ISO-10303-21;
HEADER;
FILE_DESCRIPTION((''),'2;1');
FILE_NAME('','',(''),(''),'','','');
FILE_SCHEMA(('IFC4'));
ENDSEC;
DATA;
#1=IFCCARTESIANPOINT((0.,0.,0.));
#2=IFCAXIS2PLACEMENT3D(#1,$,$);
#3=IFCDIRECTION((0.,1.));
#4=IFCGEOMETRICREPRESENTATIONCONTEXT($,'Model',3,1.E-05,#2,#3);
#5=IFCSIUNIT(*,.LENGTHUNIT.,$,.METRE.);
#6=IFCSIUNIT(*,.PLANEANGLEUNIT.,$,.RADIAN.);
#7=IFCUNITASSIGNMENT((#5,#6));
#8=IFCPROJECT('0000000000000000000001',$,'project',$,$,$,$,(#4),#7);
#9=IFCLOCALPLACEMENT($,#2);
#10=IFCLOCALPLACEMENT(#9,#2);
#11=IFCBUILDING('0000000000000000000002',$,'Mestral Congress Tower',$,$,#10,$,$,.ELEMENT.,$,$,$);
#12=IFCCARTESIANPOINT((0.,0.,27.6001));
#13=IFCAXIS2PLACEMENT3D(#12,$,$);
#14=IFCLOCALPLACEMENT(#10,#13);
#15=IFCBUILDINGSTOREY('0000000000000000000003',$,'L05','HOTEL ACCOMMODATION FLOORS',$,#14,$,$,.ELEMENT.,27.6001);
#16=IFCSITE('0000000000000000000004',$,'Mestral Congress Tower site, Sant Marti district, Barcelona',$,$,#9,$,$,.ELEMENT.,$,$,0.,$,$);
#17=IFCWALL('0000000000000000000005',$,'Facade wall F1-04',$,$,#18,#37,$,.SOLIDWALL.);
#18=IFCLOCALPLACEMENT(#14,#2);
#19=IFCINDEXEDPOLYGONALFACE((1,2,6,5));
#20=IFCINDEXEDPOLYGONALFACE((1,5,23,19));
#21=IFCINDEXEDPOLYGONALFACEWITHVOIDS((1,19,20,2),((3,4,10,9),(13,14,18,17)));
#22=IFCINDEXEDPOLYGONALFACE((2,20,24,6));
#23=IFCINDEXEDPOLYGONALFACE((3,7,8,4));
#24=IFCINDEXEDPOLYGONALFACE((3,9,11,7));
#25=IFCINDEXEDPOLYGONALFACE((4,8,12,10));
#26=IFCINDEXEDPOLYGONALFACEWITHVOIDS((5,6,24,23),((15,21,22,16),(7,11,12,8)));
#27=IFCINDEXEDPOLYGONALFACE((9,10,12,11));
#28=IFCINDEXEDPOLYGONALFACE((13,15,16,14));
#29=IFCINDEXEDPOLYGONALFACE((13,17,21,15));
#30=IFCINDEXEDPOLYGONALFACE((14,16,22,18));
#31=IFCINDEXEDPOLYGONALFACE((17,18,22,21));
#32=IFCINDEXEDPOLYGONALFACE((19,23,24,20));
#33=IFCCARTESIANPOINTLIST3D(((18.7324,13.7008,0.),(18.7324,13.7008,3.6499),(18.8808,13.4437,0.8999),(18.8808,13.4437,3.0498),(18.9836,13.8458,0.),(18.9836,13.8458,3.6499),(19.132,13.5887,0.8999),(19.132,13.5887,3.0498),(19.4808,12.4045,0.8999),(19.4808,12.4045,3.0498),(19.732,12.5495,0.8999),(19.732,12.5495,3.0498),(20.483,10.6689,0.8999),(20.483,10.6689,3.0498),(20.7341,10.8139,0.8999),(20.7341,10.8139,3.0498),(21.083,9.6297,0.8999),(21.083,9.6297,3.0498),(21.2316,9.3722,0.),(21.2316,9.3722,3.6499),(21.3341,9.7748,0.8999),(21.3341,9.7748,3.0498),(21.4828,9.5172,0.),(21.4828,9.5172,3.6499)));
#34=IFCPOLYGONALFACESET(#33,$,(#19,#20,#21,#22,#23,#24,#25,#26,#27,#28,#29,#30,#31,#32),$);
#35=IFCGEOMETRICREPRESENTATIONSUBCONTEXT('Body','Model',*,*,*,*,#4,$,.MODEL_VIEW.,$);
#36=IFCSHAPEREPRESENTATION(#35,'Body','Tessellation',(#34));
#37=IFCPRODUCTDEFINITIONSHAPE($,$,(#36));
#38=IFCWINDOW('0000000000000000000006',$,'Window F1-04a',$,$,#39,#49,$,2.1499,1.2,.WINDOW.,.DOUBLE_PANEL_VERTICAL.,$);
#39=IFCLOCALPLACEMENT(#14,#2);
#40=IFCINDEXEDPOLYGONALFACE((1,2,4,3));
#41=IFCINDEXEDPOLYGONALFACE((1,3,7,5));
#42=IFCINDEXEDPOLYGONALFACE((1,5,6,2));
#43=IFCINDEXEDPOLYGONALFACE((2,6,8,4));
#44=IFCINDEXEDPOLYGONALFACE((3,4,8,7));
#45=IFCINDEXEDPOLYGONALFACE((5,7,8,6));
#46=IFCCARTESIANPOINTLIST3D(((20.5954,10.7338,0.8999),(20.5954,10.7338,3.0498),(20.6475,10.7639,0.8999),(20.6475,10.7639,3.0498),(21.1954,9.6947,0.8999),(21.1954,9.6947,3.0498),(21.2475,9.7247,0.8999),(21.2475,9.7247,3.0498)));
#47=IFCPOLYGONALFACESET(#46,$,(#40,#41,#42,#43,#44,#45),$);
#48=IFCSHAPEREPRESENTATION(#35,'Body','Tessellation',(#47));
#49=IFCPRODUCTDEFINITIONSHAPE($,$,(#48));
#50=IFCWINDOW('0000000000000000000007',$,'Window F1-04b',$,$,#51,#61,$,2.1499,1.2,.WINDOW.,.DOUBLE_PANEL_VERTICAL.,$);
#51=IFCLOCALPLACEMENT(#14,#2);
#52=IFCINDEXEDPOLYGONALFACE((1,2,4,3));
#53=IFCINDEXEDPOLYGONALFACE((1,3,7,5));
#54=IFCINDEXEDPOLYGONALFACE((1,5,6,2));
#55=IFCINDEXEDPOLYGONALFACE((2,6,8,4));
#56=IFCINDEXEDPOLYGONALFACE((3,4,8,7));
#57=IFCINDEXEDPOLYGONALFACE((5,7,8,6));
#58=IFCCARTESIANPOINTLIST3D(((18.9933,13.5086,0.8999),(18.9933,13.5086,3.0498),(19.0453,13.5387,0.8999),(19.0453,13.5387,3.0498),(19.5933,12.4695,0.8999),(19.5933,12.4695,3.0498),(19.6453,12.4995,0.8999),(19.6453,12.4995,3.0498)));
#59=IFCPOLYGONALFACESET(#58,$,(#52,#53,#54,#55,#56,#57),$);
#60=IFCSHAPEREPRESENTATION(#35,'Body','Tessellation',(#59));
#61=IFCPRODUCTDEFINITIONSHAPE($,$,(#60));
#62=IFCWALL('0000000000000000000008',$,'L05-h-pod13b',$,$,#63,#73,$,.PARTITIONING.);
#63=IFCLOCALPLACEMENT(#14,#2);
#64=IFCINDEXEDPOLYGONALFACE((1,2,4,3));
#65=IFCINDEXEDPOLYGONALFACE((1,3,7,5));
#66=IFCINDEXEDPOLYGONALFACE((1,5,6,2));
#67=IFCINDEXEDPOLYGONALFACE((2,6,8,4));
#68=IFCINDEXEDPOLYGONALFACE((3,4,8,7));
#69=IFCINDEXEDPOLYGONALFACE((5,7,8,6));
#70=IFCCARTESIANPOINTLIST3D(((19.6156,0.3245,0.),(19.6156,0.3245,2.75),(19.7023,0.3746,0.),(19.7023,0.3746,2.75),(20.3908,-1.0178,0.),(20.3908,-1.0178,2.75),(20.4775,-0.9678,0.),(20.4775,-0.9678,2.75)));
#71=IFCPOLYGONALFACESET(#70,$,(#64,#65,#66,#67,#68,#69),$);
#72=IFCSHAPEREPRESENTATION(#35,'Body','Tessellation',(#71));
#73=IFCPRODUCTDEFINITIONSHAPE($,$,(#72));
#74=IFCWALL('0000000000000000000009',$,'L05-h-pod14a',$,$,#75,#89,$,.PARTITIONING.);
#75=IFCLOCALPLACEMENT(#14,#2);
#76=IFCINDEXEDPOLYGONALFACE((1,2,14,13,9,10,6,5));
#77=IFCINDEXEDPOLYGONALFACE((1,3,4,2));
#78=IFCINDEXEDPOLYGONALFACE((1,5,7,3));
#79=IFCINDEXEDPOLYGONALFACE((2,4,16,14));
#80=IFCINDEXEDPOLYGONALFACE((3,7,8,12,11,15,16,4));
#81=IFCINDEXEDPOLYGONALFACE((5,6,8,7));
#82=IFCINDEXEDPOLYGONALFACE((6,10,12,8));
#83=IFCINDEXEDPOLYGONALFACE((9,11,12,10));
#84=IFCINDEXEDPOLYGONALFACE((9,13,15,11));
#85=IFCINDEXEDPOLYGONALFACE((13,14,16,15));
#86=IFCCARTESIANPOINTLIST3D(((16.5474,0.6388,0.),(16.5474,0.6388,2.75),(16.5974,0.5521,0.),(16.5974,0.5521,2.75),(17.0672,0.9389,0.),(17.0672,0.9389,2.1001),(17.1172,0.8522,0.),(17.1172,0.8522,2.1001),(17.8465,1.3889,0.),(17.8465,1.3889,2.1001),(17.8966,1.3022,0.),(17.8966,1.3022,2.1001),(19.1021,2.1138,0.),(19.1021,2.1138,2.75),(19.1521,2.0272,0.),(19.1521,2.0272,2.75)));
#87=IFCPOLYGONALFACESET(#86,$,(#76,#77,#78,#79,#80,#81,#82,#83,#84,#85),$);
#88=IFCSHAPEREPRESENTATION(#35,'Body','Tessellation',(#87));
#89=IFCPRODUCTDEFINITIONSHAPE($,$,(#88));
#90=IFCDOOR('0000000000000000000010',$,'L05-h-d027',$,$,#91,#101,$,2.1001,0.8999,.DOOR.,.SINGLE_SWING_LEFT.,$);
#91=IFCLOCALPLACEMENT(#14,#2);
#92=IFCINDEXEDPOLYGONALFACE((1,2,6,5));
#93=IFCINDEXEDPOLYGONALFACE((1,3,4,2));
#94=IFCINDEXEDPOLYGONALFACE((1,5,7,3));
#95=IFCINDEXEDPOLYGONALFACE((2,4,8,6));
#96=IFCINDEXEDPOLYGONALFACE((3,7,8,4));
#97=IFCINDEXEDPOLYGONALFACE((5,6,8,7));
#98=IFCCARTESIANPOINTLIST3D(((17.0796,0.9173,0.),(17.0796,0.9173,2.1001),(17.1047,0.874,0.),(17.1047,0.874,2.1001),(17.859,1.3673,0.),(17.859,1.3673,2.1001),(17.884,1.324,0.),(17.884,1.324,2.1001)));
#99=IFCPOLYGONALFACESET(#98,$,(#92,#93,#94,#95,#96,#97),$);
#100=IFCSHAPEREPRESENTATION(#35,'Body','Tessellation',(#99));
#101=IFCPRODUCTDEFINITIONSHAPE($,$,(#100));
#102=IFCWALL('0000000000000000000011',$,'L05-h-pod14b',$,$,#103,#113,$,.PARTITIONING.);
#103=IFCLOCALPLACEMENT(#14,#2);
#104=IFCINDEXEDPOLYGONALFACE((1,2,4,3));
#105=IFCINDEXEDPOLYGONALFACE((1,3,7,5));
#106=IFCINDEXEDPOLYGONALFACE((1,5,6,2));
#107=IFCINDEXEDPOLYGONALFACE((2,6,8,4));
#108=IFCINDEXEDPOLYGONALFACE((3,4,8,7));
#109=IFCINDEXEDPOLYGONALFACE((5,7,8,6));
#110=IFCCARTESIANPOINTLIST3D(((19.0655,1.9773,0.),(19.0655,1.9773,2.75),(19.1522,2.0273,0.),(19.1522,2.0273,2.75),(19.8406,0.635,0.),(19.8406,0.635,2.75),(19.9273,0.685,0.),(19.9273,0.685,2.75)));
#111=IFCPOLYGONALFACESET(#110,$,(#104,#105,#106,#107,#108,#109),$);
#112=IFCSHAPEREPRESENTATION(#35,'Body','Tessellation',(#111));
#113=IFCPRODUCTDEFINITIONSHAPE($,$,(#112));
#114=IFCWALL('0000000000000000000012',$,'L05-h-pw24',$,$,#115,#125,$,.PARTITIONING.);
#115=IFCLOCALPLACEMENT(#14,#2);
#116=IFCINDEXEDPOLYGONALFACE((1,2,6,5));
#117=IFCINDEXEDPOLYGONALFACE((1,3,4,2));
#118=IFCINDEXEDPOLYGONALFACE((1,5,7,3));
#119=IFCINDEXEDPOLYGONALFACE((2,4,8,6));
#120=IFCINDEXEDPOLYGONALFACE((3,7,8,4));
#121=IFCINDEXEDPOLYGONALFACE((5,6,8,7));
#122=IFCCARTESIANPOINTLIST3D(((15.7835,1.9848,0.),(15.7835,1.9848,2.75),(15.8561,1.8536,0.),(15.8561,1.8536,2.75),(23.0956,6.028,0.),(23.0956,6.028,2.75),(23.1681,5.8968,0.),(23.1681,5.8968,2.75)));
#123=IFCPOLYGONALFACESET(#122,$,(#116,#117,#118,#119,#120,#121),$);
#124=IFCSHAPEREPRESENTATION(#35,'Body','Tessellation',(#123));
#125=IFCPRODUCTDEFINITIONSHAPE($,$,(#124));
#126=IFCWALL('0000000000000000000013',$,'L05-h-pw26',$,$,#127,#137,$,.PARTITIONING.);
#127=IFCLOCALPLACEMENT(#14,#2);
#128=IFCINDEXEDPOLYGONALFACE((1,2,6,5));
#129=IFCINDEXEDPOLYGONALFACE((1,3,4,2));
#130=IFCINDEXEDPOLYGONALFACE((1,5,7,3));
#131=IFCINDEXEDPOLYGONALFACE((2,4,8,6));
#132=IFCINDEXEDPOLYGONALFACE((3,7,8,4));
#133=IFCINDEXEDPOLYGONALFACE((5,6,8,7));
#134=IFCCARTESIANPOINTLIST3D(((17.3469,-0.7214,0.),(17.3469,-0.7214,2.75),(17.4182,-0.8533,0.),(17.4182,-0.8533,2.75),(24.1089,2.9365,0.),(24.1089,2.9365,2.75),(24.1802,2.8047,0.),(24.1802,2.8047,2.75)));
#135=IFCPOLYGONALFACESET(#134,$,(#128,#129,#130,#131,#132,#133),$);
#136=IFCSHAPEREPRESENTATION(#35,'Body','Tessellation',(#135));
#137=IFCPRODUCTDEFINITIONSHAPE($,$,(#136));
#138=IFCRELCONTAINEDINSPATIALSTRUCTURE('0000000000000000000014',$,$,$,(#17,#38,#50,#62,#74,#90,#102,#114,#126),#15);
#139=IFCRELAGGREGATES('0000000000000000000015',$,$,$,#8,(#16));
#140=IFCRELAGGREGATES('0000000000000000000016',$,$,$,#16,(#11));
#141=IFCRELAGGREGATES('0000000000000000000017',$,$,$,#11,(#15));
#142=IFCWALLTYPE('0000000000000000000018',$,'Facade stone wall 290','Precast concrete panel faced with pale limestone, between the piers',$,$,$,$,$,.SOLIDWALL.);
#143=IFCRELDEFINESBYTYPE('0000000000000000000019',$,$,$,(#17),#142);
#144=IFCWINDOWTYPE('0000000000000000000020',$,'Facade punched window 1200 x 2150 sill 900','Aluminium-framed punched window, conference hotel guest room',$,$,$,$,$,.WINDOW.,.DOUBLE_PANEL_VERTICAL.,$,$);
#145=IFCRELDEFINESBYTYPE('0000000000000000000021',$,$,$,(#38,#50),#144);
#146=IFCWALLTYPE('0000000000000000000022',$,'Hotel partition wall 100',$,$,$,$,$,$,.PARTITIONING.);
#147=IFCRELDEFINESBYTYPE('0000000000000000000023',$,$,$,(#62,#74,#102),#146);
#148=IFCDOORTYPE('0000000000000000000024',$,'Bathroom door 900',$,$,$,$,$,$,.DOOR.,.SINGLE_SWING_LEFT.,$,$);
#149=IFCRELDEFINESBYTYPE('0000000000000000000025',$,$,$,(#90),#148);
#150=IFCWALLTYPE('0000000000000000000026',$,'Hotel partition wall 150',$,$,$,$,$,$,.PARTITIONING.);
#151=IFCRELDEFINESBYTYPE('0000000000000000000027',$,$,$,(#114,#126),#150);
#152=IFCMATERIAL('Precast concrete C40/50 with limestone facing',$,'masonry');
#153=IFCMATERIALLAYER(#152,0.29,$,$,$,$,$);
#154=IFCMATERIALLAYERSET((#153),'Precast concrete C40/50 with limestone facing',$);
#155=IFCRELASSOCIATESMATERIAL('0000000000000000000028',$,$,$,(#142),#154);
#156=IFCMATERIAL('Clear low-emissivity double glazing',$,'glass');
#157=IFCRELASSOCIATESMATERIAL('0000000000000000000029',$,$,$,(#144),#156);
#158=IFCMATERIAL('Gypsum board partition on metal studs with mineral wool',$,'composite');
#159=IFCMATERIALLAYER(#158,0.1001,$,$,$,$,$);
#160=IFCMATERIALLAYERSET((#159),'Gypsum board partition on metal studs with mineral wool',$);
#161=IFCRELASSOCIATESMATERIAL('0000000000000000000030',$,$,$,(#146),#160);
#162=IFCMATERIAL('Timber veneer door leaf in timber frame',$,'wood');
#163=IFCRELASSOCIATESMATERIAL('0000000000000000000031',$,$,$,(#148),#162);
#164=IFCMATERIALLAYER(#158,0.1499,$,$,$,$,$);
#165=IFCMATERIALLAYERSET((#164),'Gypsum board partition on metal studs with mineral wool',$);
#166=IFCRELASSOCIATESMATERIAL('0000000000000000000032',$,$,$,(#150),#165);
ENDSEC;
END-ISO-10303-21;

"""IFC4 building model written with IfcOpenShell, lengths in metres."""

from ifc_helpers import new_model, si_unit, direction, frame, frame_2d, origin, place, context, subcontext, project, spatial, rectangle, extrude, material, layer, layer_set, type_object, element, fill, save


model = new_model("IFC4")

# Units and contexts
model_context = context("Model", 3, precision=1e-05, world=origin(), true_north=direction((0.0, 1.0)))
body_context = subcontext(model_context, "Body", "Model", "MODEL_VIEW")
ifc_project = project(units=[si_unit("LENGTHUNIT", "METRE"), si_unit("PLANEANGLEUNIT", "RADIAN")], contexts=[model_context])

# Site, building, storey
site_placement = place(None, origin())
site = spatial("IfcSite", under=ifc_project, at=site_placement, Name="Mestral Congress Tower site, Sant Marti district, Barcelona", CompositionType="ELEMENT", RefElevation=0.0)
building_placement = place(site_placement, origin())
building = spatial("IfcBuilding", under=site, at=building_placement, Name="Mestral Congress Tower", CompositionType="ELEMENT")
storey_placement = place(building_placement, frame((0.0, 0.0, 27.6001)))
storey = spatial("IfcBuildingStorey", under=building, at=storey_placement, Name="L05", Description="HOTEL ACCOMMODATION FLOORS", CompositionType="ELEMENT", Elevation=27.6001)

# Wall, openings, windows
ifc_material_1 = material(Name="Precast concrete C40/50 with limestone facing", Category="masonry")
ifc_layer_1 = layer(ifc_material_1, 0.29)
ifc_layer_set_1 = layer_set([ifc_layer_1], Name="Precast concrete C40/50 with limestone facing")
wall_type_1 = type_object("IfcWallType", Name="Facade stone wall 290", Description="Precast concrete panel faced with pale limestone, between the piers", PredefinedType="SOLIDWALL", material=ifc_layer_set_1)
ifc_material_2 = material(Name="Clear low-emissivity double glazing", Category="glass")
window_type = type_object("IfcWindowType", Name="Facade punched window 1200 x 2150 sill 900", Description="Aluminium-framed punched window, conference hotel guest room", PartitioningType="DOUBLE_PANEL_VERTICAL", PredefinedType="WINDOW", material=ifc_material_2)
wall_1_placement = place(storey_placement, frame((21.3572, 9.4448, 0.0), z_axis=(0.0, 0.0, 1.0), x_axis=(-0.500021, 0.866013, 0.0)))
wall_1 = element("IfcWall", 1, at=wall_1_placement, inside=storey, type_object=wall_type_1, Name="Facade wall F1-04", PredefinedType="SOLIDWALL", context=body_context, shape_type="SweptSolid", body=[
    extrude(rectangle(XDim=4.9983, YDim=0.29, at=frame_2d((2.499, 0.0))), origin(), (0.0, 0.0, 1.0), 3.6499),
])
opening_1_placement = place(wall_1_placement, frame((0.2971, 0.0, 0.8999)))
opening_1 = element("IfcOpeningElement", 2, at=opening_1_placement, cuts=wall_1, PredefinedType="OPENING", context=body_context, shape_type="SweptSolid", body=[
    extrude(rectangle(XDim=1.2, YDim=2.1499, at=frame_2d((0.6001, 1.075))), frame((0.0, 0.155, 0.0), z_axis=(0.0, -1.0, 0.0), x_axis=(1.0, 0.0, 0.0)), (0.0, 0.0, 1.0), 0.3101),
])
opening_2_placement = place(wall_1_placement, frame((3.5012, 0.0, 0.8999)))
opening_2 = element("IfcOpeningElement", 3, at=opening_2_placement, cuts=wall_1, PredefinedType="OPENING", context=body_context, shape_type="SweptSolid", body=[
    extrude(rectangle(XDim=1.2, YDim=2.1499, at=frame_2d((0.6001, 1.075))), frame((0.0, 0.155, 0.0), z_axis=(0.0, -1.0, 0.0), x_axis=(1.0, 0.0, 0.0)), (0.0, 0.0, 1.0), 0.3101),
])
window_1_placement = place(opening_1_placement, origin())
window_1 = element("IfcWindow", 4, at=window_1_placement, inside=storey, type_object=window_type, Name="Window F1-04a", OverallHeight=2.1499, OverallWidth=1.2, PartitioningType="DOUBLE_PANEL_VERTICAL", PredefinedType="WINDOW", context=body_context, shape_type="SweptSolid", body=[
    extrude(rectangle(XDim=1.2, YDim=2.1499, at=frame_2d((0.6001, 1.075))), frame((0.0, 0.0151, 0.0), z_axis=(0.0, -1.0, 0.0), x_axis=(1.0, 0.0, 0.0)), (0.0, 0.0, 1.0), 0.0601),
])
fill(opening_1, window_1)
window_2_placement = place(opening_2_placement, origin())
window_2 = element("IfcWindow", 5, at=window_2_placement, inside=storey, type_object=window_type, Name="Window F1-04b", OverallHeight=2.1499, OverallWidth=1.2, PartitioningType="DOUBLE_PANEL_VERTICAL", PredefinedType="WINDOW", context=body_context, shape_type="SweptSolid", body=[
    extrude(rectangle(XDim=1.2, YDim=2.1499, at=frame_2d((0.6001, 1.075))), frame((0.0, 0.0151, 0.0), z_axis=(0.0, -1.0, 0.0), x_axis=(1.0, 0.0, 0.0)), (0.0, 0.0, 1.0), 0.0601),
])
fill(opening_2, window_2)

# Wall
ifc_material_3 = material(Name="Gypsum board partition on metal studs with mineral wool", Category="composite")
ifc_layer_2 = layer(ifc_material_3, 0.1001)
ifc_layer_set_2 = layer_set([ifc_layer_2], Name="Gypsum board partition on metal studs with mineral wool")
wall_type_2 = type_object("IfcWallType", Name="Hotel partition wall 100", PredefinedType="PARTITIONING", material=ifc_layer_set_2)
wall_2_placement = place(storey_placement, frame((20.4341, -0.9927, 0.0), z_axis=(0.0, 0.0, 1.0), x_axis=(-0.500086, 0.865976, 0.0)))
element("IfcWall", 6, at=wall_2_placement, inside=storey, type_object=wall_type_2, Name="L05-h-pod13b", PredefinedType="PARTITIONING", context=body_context, shape_type="SweptSolid", body=[
    extrude(rectangle(XDim=1.55, YDim=0.1001, at=frame_2d((0.7749, 0.0))), origin(), (0.0, 0.0, 1.0), 2.75),
])

# Wall, opening, door
wall_3_placement = place(storey_placement, frame((19.1272, 2.0706, 0.0), z_axis=(0.0, 0.0, 1.0), x_axis=(-0.866004, -0.500038, 0.0)))
wall_3 = element("IfcWall", 7, at=wall_3_placement, inside=storey, type_object=wall_type_2, Name="L05-h-pod14a", PredefinedType="PARTITIONING", context=body_context, shape_type="SweptSolid", body=[
    extrude(rectangle(XDim=2.95, YDim=0.1001, at=frame_2d((1.4751, 0.0))), origin(), (0.0, 0.0, 1.0), 2.75),
])
opening_3_placement = place(wall_3_placement, frame((1.45, 0.0, 0.0)))
opening_3 = element("IfcOpeningElement", 8, at=opening_3_placement, cuts=wall_3, PredefinedType="OPENING", context=body_context, shape_type="SweptSolid", body=[
    extrude(rectangle(XDim=0.8999, YDim=2.1001, at=frame_2d((0.45, 1.05))), frame((0.0, 0.0601, 0.0), z_axis=(0.0, -1.0, 0.0), x_axis=(1.0, 0.0, 0.0)), (0.0, 0.0, 1.0), 0.1201),
])
ifc_material_4 = material(Name="Timber veneer door leaf in timber frame", Category="wood")
door_type = type_object("IfcDoorType", Name="Bathroom door 900", OperationType="SINGLE_SWING_LEFT", PredefinedType="DOOR", material=ifc_material_4)
door_placement = place(opening_3_placement, origin())
door = element("IfcDoor", 9, at=door_placement, inside=storey, type_object=door_type, Name="L05-h-d027", OperationType="SINGLE_SWING_LEFT", OverallHeight=2.1001, OverallWidth=0.8999, PredefinedType="DOOR", context=body_context, shape_type="SweptSolid", body=[
    extrude(rectangle(XDim=0.8999, YDim=2.1001, at=frame_2d((0.45, 1.05))), frame((0.0, 0.0249, 0.0), z_axis=(0.0, -1.0, 0.0), x_axis=(1.0, 0.0, 0.0)), (0.0, 0.0, 1.0), 0.05),
])
fill(opening_3, door)

# Walls
wall_4_placement = place(storey_placement, frame((19.1089, 2.0022, 0.0), z_axis=(0.0, 0.0, 1.0), x_axis=(0.500086, -0.865976, 0.0)))
element("IfcWall", 10, at=wall_4_placement, inside=storey, type_object=wall_type_2, Name="L05-h-pod14b", PredefinedType="PARTITIONING", context=body_context, shape_type="SweptSolid", body=[
    extrude(rectangle(XDim=1.55, YDim=0.1001, at=frame_2d((0.7749, 0.0))), origin(), (0.0, 0.0, 1.0), 2.75),
])
ifc_layer_3 = layer(ifc_material_3, 0.1499)
ifc_layer_set_3 = layer_set([ifc_layer_3], Name="Gypsum board partition on metal studs with mineral wool")
wall_type_3 = type_object("IfcWallType", Name="Hotel partition wall 150", PredefinedType="PARTITIONING", material=ifc_layer_set_3)
wall_5_placement = place(storey_placement, frame((23.1318, 5.9624, 0.0), z_axis=(0.0, 0.0, 1.0), x_axis=(-0.875122, -0.483903, 0.0)))
element("IfcWall", 11, at=wall_5_placement, inside=storey, type_object=wall_type_3, Name="L05-h-pw24", PredefinedType="PARTITIONING", context=body_context, shape_type="SweptSolid", body=[
    extrude(rectangle(XDim=8.3555, YDim=0.1499, at=frame_2d((4.1777, 0.0))), origin(), (0.0, 0.0, 1.0), 2.75),
])
wall_6_placement = place(storey_placement, frame((24.1445, 2.8706, 0.0), z_axis=(0.0, 0.0, 1.0), x_axis=(-0.879552, -0.475803, 0.0)))
element("IfcWall", 12, at=wall_6_placement, inside=storey, type_object=wall_type_3, Name="L05-h-pw26", PredefinedType="PARTITIONING", context=body_context, shape_type="SweptSolid", body=[
    extrude(rectangle(XDim=7.688, YDim=0.1499, at=frame_2d((3.844, 0.0))), origin(), (0.0, 0.0, 1.0), 2.75),
])

save(model, "model.ifc")
